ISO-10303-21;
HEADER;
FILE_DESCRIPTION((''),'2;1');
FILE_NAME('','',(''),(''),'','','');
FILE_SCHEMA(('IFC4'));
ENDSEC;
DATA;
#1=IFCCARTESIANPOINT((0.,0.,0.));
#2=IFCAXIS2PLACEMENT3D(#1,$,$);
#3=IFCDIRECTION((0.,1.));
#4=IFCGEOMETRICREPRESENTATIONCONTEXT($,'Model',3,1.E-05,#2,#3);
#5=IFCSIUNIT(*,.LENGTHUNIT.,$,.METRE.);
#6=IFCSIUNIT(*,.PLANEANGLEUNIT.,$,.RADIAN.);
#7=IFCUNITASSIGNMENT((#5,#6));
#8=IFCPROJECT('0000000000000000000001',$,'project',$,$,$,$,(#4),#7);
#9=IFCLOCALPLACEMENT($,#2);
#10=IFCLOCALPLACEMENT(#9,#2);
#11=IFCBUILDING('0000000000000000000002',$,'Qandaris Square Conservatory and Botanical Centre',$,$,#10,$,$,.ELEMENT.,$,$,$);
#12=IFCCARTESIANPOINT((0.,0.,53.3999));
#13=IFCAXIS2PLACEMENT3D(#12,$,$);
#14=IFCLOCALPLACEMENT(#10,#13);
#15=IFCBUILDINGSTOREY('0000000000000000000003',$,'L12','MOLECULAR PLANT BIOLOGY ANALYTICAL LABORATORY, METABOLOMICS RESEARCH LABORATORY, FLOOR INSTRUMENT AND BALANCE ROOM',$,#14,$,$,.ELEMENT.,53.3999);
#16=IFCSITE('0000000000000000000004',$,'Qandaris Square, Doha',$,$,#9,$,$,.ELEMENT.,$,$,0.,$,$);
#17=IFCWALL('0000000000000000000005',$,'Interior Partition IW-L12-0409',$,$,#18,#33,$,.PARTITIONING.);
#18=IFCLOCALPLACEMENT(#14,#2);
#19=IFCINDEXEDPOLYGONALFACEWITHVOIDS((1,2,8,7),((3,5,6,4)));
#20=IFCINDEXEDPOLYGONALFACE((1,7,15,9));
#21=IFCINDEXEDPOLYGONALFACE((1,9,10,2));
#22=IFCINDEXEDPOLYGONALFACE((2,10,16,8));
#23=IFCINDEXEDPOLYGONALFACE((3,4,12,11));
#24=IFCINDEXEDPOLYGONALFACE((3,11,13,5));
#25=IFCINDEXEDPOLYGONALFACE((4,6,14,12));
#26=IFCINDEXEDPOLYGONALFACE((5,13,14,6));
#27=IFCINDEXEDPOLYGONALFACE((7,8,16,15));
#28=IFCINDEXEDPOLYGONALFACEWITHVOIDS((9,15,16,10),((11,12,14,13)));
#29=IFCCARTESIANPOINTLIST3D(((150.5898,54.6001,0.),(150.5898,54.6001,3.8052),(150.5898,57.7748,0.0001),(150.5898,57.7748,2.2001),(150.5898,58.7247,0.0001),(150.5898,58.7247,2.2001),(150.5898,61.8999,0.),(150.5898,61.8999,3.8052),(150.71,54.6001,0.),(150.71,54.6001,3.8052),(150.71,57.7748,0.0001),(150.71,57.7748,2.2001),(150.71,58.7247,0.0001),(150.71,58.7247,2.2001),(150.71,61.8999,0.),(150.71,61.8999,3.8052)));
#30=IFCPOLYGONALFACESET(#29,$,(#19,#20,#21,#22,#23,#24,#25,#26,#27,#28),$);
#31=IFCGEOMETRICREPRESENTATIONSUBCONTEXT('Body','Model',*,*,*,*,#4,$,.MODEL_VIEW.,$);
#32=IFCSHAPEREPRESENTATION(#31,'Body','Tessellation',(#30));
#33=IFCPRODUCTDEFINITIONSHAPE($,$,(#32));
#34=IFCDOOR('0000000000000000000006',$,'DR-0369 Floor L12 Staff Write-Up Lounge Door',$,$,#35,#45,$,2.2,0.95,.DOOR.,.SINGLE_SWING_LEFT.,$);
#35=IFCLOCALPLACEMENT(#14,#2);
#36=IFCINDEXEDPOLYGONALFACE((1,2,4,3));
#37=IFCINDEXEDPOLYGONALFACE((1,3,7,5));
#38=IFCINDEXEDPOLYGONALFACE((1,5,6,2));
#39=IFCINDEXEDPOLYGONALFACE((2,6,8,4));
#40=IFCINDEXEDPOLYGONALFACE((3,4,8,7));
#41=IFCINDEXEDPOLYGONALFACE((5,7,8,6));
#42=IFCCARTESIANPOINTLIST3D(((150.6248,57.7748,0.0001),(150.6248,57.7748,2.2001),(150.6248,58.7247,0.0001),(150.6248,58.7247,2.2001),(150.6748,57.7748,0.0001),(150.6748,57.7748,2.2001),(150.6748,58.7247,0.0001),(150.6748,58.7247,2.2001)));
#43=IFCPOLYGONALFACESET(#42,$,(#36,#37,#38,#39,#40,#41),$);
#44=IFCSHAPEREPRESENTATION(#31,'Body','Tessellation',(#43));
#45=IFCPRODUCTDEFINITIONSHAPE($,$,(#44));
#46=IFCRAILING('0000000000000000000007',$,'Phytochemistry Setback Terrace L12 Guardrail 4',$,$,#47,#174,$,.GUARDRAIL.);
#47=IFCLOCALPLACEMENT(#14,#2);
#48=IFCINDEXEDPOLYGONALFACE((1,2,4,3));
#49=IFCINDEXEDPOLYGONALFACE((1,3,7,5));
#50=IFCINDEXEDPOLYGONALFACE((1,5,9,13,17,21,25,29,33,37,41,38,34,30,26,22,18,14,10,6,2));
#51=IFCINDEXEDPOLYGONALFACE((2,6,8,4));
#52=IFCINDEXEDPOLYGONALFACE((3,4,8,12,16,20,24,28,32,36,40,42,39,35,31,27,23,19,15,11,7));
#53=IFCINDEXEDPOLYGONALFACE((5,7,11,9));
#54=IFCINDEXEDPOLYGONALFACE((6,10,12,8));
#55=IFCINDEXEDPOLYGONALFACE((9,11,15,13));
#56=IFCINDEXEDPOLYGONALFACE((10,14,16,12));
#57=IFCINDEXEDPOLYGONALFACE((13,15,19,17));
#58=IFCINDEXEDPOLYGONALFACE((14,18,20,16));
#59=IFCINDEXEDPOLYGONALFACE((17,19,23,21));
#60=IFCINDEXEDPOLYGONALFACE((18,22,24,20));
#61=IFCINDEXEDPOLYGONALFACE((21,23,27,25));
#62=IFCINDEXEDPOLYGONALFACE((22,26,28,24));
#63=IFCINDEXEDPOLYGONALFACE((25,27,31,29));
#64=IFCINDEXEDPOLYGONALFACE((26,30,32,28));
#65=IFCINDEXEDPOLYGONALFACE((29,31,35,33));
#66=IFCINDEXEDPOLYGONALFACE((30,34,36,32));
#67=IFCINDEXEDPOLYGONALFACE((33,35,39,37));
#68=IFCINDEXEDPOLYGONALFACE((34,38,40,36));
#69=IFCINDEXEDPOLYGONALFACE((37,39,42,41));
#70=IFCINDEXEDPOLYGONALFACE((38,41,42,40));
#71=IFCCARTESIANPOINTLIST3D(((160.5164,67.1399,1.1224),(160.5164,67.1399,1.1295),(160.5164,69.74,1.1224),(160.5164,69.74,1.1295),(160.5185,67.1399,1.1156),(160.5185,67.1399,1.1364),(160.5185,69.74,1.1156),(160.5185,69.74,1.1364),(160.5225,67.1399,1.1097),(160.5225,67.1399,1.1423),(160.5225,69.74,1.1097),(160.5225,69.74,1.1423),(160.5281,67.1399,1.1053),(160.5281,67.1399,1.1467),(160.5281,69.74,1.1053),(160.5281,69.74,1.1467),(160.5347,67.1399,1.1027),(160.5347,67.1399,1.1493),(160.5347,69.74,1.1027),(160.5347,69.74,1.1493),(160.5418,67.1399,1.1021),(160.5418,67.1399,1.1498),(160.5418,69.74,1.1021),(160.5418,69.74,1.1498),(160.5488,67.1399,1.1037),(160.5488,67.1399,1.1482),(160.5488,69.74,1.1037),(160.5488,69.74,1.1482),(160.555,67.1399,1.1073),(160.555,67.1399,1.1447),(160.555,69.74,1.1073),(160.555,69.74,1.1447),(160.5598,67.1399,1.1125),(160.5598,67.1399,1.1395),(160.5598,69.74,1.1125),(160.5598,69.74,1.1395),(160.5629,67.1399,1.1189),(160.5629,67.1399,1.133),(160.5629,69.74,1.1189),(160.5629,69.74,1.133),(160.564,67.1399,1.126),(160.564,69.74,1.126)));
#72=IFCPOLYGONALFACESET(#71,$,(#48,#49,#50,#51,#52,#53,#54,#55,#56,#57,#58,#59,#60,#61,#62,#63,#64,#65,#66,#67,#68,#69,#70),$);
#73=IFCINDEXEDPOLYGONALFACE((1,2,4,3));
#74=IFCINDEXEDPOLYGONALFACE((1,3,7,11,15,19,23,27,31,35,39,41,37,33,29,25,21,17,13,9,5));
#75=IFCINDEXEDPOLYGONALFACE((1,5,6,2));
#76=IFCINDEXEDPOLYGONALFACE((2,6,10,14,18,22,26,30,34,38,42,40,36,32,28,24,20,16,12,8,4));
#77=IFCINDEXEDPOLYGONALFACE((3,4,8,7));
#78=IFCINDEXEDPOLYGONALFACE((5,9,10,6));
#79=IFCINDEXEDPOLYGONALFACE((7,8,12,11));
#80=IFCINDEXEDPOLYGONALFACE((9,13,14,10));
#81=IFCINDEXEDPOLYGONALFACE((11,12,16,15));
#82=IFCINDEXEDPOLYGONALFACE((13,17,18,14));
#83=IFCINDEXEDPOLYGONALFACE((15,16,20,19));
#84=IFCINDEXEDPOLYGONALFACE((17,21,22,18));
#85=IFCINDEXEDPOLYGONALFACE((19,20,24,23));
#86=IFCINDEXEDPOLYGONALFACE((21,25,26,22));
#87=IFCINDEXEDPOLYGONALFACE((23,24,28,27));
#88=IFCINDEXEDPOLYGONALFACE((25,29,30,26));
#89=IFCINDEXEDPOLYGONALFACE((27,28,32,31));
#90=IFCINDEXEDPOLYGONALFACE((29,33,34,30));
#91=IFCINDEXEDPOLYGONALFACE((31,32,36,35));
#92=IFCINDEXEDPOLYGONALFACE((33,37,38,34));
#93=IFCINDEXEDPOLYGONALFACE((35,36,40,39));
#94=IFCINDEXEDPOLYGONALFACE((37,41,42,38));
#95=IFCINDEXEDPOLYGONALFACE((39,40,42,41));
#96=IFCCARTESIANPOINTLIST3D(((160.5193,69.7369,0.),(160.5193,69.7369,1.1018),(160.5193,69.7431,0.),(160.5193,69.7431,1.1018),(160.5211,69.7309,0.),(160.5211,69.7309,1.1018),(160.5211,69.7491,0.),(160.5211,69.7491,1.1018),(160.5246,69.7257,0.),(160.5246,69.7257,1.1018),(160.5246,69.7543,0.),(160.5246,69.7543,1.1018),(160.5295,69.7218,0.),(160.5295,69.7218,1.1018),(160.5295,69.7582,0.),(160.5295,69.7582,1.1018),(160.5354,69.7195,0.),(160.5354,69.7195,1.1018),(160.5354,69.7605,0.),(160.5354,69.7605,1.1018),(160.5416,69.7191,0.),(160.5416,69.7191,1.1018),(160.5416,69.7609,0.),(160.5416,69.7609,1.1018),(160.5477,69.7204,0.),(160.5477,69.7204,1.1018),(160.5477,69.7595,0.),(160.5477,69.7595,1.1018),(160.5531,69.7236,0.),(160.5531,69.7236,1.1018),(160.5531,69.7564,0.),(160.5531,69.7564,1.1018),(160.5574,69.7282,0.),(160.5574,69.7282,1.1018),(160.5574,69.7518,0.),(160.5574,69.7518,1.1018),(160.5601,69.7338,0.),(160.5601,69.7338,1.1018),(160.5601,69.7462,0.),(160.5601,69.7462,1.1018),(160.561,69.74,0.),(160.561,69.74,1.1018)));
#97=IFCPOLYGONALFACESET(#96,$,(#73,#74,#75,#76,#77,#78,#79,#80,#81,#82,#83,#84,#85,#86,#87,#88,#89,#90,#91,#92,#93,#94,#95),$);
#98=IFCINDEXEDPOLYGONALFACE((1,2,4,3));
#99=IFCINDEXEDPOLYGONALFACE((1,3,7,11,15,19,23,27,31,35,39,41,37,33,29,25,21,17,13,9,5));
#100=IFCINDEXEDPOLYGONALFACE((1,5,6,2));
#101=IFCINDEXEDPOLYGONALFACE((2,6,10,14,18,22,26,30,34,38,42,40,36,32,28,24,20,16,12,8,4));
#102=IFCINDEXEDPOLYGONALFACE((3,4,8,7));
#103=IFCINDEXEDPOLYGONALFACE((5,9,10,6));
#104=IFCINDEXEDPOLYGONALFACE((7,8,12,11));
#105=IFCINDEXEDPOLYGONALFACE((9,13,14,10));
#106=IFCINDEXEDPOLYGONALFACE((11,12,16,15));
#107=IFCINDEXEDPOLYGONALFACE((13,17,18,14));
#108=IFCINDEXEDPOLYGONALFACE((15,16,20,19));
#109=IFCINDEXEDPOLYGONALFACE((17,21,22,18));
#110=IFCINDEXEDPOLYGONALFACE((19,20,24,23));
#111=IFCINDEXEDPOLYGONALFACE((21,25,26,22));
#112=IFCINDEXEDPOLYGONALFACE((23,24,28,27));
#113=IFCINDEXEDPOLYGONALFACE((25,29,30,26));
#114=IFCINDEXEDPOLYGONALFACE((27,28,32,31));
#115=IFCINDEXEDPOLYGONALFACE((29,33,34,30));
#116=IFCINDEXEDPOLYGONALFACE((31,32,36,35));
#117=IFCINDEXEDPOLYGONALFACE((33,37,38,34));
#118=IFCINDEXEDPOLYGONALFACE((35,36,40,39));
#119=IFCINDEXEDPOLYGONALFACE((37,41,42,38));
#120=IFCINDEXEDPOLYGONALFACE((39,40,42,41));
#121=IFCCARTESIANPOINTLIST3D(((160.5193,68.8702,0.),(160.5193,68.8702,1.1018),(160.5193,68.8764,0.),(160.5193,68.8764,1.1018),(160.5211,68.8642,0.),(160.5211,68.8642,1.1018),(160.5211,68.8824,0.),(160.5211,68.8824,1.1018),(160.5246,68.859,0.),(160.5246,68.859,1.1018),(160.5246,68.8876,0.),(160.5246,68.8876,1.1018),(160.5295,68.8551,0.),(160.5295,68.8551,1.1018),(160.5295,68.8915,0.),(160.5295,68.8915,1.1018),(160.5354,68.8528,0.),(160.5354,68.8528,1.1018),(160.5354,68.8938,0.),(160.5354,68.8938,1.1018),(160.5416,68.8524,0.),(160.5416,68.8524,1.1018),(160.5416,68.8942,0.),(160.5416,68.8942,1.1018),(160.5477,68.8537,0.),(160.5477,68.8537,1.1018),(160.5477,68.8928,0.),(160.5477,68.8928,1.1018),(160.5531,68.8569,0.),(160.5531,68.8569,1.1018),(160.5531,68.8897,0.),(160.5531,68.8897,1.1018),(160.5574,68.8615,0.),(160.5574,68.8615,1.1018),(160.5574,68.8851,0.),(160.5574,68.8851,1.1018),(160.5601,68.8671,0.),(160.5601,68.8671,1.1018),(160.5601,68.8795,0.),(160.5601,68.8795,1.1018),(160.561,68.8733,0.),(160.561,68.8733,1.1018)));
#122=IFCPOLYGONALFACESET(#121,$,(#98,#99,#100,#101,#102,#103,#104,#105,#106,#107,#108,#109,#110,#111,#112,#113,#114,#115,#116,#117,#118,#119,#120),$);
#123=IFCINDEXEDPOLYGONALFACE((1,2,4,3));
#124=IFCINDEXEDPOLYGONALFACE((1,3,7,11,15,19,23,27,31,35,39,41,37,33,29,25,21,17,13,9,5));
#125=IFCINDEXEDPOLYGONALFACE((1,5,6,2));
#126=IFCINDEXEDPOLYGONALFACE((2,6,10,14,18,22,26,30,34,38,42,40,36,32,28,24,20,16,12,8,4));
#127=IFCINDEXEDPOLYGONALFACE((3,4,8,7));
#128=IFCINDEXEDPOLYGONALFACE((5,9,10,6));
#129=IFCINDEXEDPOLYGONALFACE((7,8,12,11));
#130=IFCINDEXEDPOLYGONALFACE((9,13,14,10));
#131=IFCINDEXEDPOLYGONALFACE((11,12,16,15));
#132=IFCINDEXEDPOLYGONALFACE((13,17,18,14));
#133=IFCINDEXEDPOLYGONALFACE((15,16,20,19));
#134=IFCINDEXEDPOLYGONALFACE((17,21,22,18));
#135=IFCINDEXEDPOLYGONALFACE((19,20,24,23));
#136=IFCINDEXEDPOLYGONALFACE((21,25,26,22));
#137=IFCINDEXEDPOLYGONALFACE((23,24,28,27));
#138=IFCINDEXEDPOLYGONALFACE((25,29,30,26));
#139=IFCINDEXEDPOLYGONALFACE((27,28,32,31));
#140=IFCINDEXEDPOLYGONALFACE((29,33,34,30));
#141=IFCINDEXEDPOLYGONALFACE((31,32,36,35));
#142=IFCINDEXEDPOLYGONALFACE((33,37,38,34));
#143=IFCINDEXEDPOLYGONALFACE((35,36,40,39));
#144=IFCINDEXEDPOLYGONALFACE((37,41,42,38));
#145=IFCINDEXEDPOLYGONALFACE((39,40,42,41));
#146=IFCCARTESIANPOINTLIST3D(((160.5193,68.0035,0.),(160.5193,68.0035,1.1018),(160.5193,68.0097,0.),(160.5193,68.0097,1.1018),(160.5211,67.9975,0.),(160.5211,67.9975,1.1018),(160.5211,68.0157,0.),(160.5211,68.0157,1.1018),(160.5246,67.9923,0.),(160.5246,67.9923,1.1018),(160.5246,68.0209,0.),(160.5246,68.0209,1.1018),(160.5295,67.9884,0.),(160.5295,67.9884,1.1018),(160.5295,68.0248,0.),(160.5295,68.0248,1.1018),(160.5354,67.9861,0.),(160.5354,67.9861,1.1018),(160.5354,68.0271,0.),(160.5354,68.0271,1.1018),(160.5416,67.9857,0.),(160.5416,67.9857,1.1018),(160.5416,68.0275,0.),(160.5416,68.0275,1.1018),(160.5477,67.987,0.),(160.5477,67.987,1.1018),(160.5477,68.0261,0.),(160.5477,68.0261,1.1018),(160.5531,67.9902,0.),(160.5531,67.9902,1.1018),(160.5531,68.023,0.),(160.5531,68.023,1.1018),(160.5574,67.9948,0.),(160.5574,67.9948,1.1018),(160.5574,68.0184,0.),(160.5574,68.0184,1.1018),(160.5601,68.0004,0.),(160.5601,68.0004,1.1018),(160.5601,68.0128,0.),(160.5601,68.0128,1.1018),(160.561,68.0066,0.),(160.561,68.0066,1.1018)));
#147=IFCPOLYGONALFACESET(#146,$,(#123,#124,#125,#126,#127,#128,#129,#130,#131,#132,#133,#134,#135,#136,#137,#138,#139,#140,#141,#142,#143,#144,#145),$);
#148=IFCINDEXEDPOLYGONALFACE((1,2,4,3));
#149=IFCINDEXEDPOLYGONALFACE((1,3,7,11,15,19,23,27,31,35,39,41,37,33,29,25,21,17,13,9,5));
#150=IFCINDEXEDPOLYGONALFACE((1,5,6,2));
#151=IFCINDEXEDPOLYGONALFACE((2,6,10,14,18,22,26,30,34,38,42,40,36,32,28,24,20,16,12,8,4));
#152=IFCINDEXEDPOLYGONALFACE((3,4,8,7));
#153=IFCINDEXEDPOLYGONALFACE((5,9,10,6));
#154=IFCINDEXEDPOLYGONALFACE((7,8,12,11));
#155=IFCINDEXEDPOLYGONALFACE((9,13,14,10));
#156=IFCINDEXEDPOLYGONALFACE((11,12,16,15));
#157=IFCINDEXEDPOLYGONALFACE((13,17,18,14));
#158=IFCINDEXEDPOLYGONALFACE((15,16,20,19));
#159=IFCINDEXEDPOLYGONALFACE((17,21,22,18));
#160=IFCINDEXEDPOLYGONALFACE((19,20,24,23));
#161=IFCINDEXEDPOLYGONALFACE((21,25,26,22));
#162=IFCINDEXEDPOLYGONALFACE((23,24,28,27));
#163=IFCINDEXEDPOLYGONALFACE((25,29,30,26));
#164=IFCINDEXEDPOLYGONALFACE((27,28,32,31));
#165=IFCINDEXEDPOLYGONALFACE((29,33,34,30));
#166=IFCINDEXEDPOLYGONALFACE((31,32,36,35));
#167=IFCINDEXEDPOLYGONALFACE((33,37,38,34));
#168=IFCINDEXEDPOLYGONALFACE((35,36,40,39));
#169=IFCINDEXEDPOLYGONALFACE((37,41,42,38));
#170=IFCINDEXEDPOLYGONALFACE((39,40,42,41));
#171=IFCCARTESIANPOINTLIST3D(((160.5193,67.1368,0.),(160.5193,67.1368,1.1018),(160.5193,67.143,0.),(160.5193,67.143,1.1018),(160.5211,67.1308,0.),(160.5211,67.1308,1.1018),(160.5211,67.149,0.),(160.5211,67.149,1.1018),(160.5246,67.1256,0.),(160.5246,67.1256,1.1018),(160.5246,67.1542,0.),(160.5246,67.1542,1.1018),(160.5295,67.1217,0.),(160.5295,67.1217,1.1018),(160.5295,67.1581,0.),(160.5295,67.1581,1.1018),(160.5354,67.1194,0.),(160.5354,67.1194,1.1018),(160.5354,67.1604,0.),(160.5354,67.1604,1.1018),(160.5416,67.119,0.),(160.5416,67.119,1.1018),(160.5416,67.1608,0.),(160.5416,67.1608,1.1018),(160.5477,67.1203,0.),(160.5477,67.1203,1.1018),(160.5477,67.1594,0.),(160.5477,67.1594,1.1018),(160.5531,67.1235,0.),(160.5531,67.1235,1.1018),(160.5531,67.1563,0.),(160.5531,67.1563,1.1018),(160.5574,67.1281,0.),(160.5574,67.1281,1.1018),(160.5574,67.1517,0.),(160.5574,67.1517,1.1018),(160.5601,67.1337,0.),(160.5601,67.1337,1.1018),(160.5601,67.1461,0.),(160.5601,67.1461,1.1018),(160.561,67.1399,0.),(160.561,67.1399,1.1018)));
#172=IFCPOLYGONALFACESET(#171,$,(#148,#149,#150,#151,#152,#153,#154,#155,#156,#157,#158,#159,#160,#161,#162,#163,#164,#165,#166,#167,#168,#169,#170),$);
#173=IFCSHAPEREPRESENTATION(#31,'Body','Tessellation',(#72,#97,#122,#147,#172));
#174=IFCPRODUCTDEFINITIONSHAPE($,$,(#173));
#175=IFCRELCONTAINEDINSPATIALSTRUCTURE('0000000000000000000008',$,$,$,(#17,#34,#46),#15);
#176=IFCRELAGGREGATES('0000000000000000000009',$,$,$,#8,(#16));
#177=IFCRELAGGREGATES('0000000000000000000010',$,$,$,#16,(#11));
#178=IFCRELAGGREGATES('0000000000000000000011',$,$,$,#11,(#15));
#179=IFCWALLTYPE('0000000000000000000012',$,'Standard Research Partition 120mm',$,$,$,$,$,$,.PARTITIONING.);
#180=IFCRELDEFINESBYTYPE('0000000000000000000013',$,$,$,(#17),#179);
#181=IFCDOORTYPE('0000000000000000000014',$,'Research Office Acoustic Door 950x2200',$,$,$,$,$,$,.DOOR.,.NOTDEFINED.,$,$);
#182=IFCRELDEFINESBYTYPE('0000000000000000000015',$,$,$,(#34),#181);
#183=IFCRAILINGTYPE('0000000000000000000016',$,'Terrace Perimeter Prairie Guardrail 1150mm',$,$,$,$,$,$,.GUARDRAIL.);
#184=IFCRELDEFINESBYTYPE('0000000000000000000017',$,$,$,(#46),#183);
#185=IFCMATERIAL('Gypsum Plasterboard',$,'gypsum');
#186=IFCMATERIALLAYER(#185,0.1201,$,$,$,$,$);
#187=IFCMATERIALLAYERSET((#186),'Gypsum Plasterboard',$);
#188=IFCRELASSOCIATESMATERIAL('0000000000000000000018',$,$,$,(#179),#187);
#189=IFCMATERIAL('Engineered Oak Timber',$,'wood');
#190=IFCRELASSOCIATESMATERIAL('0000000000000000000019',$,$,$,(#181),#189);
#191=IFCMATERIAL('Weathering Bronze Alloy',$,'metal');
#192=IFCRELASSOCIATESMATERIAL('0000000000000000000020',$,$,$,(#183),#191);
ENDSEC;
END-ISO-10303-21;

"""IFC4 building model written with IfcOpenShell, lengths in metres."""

from ifc_helpers import new_model, si_unit, direction, frame, frame_2d, origin, origin_2d, place, context, subcontext, project, spatial, rectangle, circle, extrude, material, layer, layer_set, type_object, element, fill, save


model = new_model("IFC4")

# Units and contexts
model_context = context("Model", 3, precision=1e-05, world=origin(), true_north=direction((0.0, 1.0)))
body_context = subcontext(model_context, "Body", "Model", "MODEL_VIEW")
ifc_project = project(units=[si_unit("LENGTHUNIT", "METRE"), si_unit("PLANEANGLEUNIT", "RADIAN")], contexts=[model_context])

# Site, building, storey
site_placement = place(None, origin())
site = spatial("IfcSite", under=ifc_project, at=site_placement, Name="Qandaris Square, Doha", CompositionType="ELEMENT", RefElevation=0.0)
building_placement = place(site_placement, origin())
building = spatial("IfcBuilding", under=site, at=building_placement, Name="Qandaris Square Conservatory and Botanical Centre", CompositionType="ELEMENT")
storey_placement = place(building_placement, frame((0.0, 0.0, 53.3999)))
storey = spatial("IfcBuildingStorey", under=building, at=storey_placement, Name="L12", Description="MOLECULAR PLANT BIOLOGY ANALYTICAL LABORATORY, METABOLOMICS RESEARCH LABORATORY, FLOOR INSTRUMENT AND BALANCE ROOM", CompositionType="ELEMENT", Elevation=53.3999)

# Shared definitions
ifc_material_1 = material(Name="Gypsum Plasterboard", Category="gypsum")
ifc_material_2 = material(Name="Engineered Oak Timber", Category="wood")

# Wall, opening, door
ifc_layer_1 = layer(ifc_material_1, 0.1201)
ifc_layer_set_1 = layer_set([ifc_layer_1], Name="Gypsum Plasterboard")
wall_type_1 = type_object("IfcWallType", Name="Standard Research Partition 120mm", PredefinedType="PARTITIONING", material=ifc_layer_set_1)
door_type_1 = type_object("IfcDoorType", Name="Research Office Acoustic Door 950x2200", OperationType="NOTDEFINED", PredefinedType="DOOR", material=ifc_material_2)
wall_1_placement = place(storey_placement, frame((150.6499, 61.8999, 0.0), z_axis=(0.0, 0.0, 1.0), x_axis=(0.0, -1.0, 0.0)))
wall_1 = element("IfcWall", 1, at=wall_1_placement, inside=storey, type_object=wall_type_1, Name="Interior Partition IW-L12-0409", PredefinedType="PARTITIONING", context=body_context, shape_type="SweptSolid", body=[
    extrude(rectangle(XDim=7.2998, YDim=0.1201, at=frame_2d((3.6499, 0.0))), origin(), (0.0, 0.0, 1.0), 3.8052),
])
opening_1_placement = place(wall_1_placement, frame((3.175, 0.0, 0.0)))
opening_1 = element("IfcOpeningElement", 2, at=opening_1_placement, cuts=wall_1, PredefinedType="OPENING", context=body_context, shape_type="SweptSolid", body=[
    extrude(rectangle(XDim=0.95, YDim=2.2, at=frame_2d((0.4751, 1.1001))), frame((0.0, 0.072, 0.0), z_axis=(0.0, -1.0, 0.0), x_axis=(1.0, 0.0, 0.0)), (0.0, 0.0, 1.0), 0.144),
])
door_1_placement = place(opening_1_placement, origin())
door_1 = element("IfcDoor", 3, at=door_1_placement, inside=storey, type_object=door_type_1, Name="DR-0369 Floor L12 Staff Write-Up Lounge Door", OperationType="SINGLE_SWING_LEFT", OverallHeight=2.2, OverallWidth=0.95, PredefinedType="DOOR", context=body_context, shape_type="SweptSolid", body=[
    extrude(rectangle(XDim=0.95, YDim=2.2, at=frame_2d((0.4751, 1.1001))), frame((0.0, 0.0249, 0.0), z_axis=(0.0, -1.0, 0.0), x_axis=(1.0, 0.0, 0.0)), (0.0, 0.0, 1.0), 0.05),
])
fill(opening_1, door_1)

# Railing
ifc_material_3 = material(Name="Weathering Bronze Alloy", Category="metal")
railing_type = type_object("IfcRailingType", Name="Terrace Perimeter Prairie Guardrail 1150mm", PredefinedType="GUARDRAIL", material=ifc_material_3)
railing_1_placement = place(storey_placement, frame((160.54, 69.74, 0.0)))
element("IfcRailing", 4, at=railing_1_placement, inside=storey, type_object=railing_type, Name="Phytochemistry Setback Terrace L12 Guardrail 4", PredefinedType="GUARDRAIL", context=body_context, shape_type="SweptSolid", body=[
    extrude(circle(Radius=0.0239, at=origin_2d()), frame((0.0, 0.0, 1.126), z_axis=(0.0, -1.0, 0.0), x_axis=(1.0, 0.0, 0.0)), (0.0, 0.0, 1.0), 2.6001),
    extrude(circle(Radius=0.021, at=origin_2d()), origin(), (0.0, 0.0, 1.0), 1.1018),
    extrude(circle(Radius=0.021, at=origin_2d()), frame((0.0, -0.8667, 0.0)), (0.0, 0.0, 1.0), 1.1018),
    extrude(circle(Radius=0.021, at=origin_2d()), frame((0.0, -1.7334, 0.0)), (0.0, 0.0, 1.0), 1.1018),
    extrude(circle(Radius=0.021, at=origin_2d()), frame((0.0, -2.6001, 0.0)), (0.0, 0.0, 1.0), 1.1018),
])

save(model, "model.ifc")
